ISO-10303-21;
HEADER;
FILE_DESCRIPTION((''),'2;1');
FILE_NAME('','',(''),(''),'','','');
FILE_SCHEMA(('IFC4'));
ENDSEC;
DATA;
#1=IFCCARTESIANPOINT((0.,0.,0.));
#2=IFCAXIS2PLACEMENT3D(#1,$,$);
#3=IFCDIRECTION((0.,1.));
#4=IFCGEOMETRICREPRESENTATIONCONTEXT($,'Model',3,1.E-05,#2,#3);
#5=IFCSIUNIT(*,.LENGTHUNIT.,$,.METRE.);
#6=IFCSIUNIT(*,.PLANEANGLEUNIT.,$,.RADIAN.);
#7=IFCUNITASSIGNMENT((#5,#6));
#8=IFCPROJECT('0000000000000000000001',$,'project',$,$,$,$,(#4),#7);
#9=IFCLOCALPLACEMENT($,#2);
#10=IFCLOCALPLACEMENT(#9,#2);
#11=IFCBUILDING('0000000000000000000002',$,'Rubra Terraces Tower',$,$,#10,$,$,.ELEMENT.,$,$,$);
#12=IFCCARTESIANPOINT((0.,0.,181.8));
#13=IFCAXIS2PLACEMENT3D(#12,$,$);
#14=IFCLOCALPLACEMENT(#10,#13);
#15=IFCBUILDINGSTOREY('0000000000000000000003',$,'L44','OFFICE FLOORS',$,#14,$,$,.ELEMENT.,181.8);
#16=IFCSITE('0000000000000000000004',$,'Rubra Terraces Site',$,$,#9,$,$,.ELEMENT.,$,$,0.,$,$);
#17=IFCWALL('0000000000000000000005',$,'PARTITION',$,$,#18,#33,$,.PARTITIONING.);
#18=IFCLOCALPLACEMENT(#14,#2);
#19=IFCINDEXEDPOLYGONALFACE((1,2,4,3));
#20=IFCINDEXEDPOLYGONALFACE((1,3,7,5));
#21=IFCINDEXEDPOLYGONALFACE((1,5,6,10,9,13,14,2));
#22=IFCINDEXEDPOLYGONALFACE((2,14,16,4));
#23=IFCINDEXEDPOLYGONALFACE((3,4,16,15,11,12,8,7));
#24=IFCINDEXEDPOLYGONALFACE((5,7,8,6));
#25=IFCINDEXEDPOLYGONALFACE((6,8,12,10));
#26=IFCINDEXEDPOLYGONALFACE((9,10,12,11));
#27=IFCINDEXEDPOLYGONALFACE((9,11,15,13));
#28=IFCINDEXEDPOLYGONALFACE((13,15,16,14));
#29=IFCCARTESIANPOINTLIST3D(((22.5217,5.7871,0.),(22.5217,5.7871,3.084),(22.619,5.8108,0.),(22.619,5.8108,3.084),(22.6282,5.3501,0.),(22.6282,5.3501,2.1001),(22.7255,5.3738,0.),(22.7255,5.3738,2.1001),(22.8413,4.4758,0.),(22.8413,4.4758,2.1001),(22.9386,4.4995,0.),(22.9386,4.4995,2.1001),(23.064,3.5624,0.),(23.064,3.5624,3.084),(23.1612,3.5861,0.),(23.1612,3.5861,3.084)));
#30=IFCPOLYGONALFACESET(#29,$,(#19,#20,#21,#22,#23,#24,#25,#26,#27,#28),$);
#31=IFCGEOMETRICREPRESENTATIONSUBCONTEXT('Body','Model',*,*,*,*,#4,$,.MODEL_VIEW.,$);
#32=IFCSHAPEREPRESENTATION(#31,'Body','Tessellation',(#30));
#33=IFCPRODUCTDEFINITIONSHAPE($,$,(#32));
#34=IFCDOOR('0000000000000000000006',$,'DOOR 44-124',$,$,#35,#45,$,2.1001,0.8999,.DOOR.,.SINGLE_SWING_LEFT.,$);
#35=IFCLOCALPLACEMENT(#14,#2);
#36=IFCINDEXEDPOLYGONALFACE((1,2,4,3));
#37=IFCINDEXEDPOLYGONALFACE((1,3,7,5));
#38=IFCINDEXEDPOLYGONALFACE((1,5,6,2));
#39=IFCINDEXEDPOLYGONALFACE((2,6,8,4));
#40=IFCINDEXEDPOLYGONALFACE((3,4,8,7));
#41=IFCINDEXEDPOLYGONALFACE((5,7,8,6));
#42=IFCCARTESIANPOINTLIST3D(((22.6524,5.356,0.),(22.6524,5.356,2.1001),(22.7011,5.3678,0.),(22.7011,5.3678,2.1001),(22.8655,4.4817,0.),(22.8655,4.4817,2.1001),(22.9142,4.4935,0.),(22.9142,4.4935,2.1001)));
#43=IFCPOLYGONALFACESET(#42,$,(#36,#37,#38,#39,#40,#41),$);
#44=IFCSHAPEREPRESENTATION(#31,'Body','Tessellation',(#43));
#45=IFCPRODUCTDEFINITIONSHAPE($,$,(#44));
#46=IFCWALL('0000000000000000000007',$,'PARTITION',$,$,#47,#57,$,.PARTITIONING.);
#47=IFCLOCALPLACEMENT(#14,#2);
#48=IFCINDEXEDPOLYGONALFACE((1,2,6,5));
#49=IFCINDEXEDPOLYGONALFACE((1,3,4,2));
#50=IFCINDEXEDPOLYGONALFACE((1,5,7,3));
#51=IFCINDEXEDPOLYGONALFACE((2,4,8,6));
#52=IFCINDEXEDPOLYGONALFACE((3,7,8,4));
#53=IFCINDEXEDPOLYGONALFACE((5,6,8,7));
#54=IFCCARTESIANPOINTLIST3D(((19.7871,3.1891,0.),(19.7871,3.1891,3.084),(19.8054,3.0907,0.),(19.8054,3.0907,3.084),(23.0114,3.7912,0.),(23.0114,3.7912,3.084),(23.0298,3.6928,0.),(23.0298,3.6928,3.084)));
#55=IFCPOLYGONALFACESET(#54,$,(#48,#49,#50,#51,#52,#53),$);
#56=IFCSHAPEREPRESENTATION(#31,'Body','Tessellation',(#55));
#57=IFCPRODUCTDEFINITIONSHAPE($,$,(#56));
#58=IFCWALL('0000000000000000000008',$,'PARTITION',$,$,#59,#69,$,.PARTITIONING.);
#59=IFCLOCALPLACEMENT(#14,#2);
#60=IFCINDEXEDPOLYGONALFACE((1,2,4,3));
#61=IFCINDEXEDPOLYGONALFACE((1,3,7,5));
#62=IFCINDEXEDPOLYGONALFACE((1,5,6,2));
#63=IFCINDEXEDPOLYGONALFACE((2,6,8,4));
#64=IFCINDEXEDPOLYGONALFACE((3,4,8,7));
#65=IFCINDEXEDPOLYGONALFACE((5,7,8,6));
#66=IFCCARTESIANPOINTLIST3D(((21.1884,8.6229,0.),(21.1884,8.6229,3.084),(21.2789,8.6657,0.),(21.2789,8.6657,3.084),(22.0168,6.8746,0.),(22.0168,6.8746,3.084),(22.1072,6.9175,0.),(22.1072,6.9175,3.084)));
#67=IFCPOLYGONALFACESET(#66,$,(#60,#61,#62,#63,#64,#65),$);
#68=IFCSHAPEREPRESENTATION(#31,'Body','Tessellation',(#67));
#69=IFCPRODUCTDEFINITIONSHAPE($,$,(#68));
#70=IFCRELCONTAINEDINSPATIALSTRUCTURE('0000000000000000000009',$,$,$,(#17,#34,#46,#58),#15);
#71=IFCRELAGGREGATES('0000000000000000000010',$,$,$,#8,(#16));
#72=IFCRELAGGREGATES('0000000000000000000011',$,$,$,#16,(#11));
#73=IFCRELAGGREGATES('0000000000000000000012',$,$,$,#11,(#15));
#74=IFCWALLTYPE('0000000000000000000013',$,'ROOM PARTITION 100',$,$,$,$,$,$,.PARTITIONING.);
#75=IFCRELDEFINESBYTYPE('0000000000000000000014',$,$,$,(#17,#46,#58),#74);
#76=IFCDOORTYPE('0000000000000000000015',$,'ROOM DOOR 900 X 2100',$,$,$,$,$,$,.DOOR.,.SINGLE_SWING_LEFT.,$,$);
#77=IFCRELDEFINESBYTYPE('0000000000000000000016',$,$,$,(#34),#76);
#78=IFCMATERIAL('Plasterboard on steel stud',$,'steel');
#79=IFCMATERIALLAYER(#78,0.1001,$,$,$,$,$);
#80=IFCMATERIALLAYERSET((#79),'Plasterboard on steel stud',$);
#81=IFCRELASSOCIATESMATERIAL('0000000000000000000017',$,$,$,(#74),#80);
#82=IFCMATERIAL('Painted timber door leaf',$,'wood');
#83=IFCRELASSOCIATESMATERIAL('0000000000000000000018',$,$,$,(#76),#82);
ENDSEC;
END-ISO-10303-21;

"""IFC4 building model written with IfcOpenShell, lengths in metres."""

from ifc_helpers import new_model, si_unit, direction, frame, frame_2d, origin, place, context, subcontext, project, spatial, rectangle, extrude, material, layer, layer_set, type_object, element, fill, save


model = new_model("IFC4")

# Units and contexts
model_context = context("Model", 3, precision=1e-05, world=origin(), true_north=direction((0.0, 1.0)))
body_context = subcontext(model_context, "Body", "Model", "MODEL_VIEW")
ifc_project = project(units=[si_unit("LENGTHUNIT", "METRE"), si_unit("PLANEANGLEUNIT", "RADIAN")], contexts=[model_context])

# Site, building, storey
site_placement = place(None, origin())
site = spatial("IfcSite", under=ifc_project, at=site_placement, Name="Rubra Terraces Site", CompositionType="ELEMENT", RefElevation=0.0)
building_placement = place(site_placement, origin())
building = spatial("IfcBuilding", under=site, at=building_placement, Name="Rubra Terraces Tower", CompositionType="ELEMENT")
storey_placement = place(building_placement, frame((0.0, 0.0, 181.8)))
storey = spatial("IfcBuildingStorey", under=building, at=storey_placement, Name="L44", Description="OFFICE FLOORS", CompositionType="ELEMENT", Elevation=181.8)

# Shared definitions
ifc_material_1 = material(Name="Painted timber door leaf", Category="wood")

# Shared definitions
ifc_material_2 = material(Name="Plasterboard on steel stud", Category="steel")
ifc_layer_1 = layer(ifc_material_2, 0.1001)
ifc_layer_set_1 = layer_set([ifc_layer_1], Name="Plasterboard on steel stud")
wall_type_1 = type_object("IfcWallType", Name="ROOM PARTITION 100", PredefinedType="PARTITIONING", material=ifc_layer_set_1)

# Wall, opening, door
wall_1_placement = place(storey_placement, frame((22.5703, 5.7991, 0.0), z_axis=(0.0, 0.0, 1.0), x_axis=(0.236811, -0.971556, 0.0)))
wall_1 = element("IfcWall", 1, at=wall_1_placement, inside=storey, type_object=wall_type_1, Name="PARTITION", PredefinedType="PARTITIONING", context=body_context, shape_type="SweptSolid", body=[
    extrude(rectangle(XDim=2.2898, YDim=0.1001, at=frame_2d((1.145, 0.0))), origin(), (0.0, 0.0, 1.0), 3.084),
])
opening_1_placement = place(wall_1_placement, frame((0.45, 0.0, 0.0)))
opening_1 = element("IfcOpeningElement", 2, at=opening_1_placement, cuts=wall_1, PredefinedType="OPENING", context=body_context, shape_type="SweptSolid", body=[
    extrude(rectangle(XDim=0.8999, YDim=2.1001, at=frame_2d((0.45, 1.05))), frame((0.0, 0.0601, 0.0), z_axis=(0.0, -1.0, 0.0), x_axis=(1.0, 0.0, 0.0)), (0.0, 0.0, 1.0), 0.1201),
])
door_type_1 = type_object("IfcDoorType", Name="ROOM DOOR 900 X 2100", OperationType="SINGLE_SWING_LEFT", PredefinedType="DOOR", material=ifc_material_1)
door_1_placement = place(opening_1_placement, origin())
door_1 = element("IfcDoor", 3, at=door_1_placement, inside=storey, type_object=door_type_1, Name="DOOR 44-124", OperationType="SINGLE_SWING_LEFT", OverallHeight=2.1001, OverallWidth=0.8999, PredefinedType="DOOR", context=body_context, shape_type="SweptSolid", body=[
    extrude(rectangle(XDim=0.8999, YDim=2.1001, at=frame_2d((0.45, 1.05))), frame((0.0, 0.0249, 0.0), z_axis=(0.0, -1.0, 0.0), x_axis=(1.0, 0.0, 0.0)), (0.0, 0.0, 1.0), 0.05),
])
fill(opening_1, door_1)

# Walls
wall_2_placement = place(storey_placement, frame((19.7961, 3.1399, 0.0), z_axis=(0.0, 0.0, 1.0), x_axis=(0.983011, 0.183547, 0.0)))
element("IfcWall", 4, at=wall_2_placement, inside=storey, type_object=wall_type_1, Name="PARTITION", PredefinedType="PARTITIONING", context=body_context, shape_type="SweptSolid", body=[
    extrude(rectangle(XDim=3.28, YDim=0.1001, at=frame_2d((1.6401, 0.0))), origin(), (0.0, 0.0, 1.0), 3.084),
])
wall_3_placement = place(storey_placement, frame((21.2336, 8.6443, 0.0), z_axis=(0.0, 0.0, 1.0), x_axis=(0.428184, -0.903692, 0.0)))
element("IfcWall", 5, at=wall_3_placement, inside=storey, type_object=wall_type_1, Name="PARTITION", PredefinedType="PARTITIONING", context=body_context, shape_type="SweptSolid", body=[
    extrude(rectangle(XDim=1.9346, YDim=0.1001, at=frame_2d((0.9673, 0.0))), origin(), (0.0, 0.0, 1.0), 3.084),
])

save(model, "model.ifc")
